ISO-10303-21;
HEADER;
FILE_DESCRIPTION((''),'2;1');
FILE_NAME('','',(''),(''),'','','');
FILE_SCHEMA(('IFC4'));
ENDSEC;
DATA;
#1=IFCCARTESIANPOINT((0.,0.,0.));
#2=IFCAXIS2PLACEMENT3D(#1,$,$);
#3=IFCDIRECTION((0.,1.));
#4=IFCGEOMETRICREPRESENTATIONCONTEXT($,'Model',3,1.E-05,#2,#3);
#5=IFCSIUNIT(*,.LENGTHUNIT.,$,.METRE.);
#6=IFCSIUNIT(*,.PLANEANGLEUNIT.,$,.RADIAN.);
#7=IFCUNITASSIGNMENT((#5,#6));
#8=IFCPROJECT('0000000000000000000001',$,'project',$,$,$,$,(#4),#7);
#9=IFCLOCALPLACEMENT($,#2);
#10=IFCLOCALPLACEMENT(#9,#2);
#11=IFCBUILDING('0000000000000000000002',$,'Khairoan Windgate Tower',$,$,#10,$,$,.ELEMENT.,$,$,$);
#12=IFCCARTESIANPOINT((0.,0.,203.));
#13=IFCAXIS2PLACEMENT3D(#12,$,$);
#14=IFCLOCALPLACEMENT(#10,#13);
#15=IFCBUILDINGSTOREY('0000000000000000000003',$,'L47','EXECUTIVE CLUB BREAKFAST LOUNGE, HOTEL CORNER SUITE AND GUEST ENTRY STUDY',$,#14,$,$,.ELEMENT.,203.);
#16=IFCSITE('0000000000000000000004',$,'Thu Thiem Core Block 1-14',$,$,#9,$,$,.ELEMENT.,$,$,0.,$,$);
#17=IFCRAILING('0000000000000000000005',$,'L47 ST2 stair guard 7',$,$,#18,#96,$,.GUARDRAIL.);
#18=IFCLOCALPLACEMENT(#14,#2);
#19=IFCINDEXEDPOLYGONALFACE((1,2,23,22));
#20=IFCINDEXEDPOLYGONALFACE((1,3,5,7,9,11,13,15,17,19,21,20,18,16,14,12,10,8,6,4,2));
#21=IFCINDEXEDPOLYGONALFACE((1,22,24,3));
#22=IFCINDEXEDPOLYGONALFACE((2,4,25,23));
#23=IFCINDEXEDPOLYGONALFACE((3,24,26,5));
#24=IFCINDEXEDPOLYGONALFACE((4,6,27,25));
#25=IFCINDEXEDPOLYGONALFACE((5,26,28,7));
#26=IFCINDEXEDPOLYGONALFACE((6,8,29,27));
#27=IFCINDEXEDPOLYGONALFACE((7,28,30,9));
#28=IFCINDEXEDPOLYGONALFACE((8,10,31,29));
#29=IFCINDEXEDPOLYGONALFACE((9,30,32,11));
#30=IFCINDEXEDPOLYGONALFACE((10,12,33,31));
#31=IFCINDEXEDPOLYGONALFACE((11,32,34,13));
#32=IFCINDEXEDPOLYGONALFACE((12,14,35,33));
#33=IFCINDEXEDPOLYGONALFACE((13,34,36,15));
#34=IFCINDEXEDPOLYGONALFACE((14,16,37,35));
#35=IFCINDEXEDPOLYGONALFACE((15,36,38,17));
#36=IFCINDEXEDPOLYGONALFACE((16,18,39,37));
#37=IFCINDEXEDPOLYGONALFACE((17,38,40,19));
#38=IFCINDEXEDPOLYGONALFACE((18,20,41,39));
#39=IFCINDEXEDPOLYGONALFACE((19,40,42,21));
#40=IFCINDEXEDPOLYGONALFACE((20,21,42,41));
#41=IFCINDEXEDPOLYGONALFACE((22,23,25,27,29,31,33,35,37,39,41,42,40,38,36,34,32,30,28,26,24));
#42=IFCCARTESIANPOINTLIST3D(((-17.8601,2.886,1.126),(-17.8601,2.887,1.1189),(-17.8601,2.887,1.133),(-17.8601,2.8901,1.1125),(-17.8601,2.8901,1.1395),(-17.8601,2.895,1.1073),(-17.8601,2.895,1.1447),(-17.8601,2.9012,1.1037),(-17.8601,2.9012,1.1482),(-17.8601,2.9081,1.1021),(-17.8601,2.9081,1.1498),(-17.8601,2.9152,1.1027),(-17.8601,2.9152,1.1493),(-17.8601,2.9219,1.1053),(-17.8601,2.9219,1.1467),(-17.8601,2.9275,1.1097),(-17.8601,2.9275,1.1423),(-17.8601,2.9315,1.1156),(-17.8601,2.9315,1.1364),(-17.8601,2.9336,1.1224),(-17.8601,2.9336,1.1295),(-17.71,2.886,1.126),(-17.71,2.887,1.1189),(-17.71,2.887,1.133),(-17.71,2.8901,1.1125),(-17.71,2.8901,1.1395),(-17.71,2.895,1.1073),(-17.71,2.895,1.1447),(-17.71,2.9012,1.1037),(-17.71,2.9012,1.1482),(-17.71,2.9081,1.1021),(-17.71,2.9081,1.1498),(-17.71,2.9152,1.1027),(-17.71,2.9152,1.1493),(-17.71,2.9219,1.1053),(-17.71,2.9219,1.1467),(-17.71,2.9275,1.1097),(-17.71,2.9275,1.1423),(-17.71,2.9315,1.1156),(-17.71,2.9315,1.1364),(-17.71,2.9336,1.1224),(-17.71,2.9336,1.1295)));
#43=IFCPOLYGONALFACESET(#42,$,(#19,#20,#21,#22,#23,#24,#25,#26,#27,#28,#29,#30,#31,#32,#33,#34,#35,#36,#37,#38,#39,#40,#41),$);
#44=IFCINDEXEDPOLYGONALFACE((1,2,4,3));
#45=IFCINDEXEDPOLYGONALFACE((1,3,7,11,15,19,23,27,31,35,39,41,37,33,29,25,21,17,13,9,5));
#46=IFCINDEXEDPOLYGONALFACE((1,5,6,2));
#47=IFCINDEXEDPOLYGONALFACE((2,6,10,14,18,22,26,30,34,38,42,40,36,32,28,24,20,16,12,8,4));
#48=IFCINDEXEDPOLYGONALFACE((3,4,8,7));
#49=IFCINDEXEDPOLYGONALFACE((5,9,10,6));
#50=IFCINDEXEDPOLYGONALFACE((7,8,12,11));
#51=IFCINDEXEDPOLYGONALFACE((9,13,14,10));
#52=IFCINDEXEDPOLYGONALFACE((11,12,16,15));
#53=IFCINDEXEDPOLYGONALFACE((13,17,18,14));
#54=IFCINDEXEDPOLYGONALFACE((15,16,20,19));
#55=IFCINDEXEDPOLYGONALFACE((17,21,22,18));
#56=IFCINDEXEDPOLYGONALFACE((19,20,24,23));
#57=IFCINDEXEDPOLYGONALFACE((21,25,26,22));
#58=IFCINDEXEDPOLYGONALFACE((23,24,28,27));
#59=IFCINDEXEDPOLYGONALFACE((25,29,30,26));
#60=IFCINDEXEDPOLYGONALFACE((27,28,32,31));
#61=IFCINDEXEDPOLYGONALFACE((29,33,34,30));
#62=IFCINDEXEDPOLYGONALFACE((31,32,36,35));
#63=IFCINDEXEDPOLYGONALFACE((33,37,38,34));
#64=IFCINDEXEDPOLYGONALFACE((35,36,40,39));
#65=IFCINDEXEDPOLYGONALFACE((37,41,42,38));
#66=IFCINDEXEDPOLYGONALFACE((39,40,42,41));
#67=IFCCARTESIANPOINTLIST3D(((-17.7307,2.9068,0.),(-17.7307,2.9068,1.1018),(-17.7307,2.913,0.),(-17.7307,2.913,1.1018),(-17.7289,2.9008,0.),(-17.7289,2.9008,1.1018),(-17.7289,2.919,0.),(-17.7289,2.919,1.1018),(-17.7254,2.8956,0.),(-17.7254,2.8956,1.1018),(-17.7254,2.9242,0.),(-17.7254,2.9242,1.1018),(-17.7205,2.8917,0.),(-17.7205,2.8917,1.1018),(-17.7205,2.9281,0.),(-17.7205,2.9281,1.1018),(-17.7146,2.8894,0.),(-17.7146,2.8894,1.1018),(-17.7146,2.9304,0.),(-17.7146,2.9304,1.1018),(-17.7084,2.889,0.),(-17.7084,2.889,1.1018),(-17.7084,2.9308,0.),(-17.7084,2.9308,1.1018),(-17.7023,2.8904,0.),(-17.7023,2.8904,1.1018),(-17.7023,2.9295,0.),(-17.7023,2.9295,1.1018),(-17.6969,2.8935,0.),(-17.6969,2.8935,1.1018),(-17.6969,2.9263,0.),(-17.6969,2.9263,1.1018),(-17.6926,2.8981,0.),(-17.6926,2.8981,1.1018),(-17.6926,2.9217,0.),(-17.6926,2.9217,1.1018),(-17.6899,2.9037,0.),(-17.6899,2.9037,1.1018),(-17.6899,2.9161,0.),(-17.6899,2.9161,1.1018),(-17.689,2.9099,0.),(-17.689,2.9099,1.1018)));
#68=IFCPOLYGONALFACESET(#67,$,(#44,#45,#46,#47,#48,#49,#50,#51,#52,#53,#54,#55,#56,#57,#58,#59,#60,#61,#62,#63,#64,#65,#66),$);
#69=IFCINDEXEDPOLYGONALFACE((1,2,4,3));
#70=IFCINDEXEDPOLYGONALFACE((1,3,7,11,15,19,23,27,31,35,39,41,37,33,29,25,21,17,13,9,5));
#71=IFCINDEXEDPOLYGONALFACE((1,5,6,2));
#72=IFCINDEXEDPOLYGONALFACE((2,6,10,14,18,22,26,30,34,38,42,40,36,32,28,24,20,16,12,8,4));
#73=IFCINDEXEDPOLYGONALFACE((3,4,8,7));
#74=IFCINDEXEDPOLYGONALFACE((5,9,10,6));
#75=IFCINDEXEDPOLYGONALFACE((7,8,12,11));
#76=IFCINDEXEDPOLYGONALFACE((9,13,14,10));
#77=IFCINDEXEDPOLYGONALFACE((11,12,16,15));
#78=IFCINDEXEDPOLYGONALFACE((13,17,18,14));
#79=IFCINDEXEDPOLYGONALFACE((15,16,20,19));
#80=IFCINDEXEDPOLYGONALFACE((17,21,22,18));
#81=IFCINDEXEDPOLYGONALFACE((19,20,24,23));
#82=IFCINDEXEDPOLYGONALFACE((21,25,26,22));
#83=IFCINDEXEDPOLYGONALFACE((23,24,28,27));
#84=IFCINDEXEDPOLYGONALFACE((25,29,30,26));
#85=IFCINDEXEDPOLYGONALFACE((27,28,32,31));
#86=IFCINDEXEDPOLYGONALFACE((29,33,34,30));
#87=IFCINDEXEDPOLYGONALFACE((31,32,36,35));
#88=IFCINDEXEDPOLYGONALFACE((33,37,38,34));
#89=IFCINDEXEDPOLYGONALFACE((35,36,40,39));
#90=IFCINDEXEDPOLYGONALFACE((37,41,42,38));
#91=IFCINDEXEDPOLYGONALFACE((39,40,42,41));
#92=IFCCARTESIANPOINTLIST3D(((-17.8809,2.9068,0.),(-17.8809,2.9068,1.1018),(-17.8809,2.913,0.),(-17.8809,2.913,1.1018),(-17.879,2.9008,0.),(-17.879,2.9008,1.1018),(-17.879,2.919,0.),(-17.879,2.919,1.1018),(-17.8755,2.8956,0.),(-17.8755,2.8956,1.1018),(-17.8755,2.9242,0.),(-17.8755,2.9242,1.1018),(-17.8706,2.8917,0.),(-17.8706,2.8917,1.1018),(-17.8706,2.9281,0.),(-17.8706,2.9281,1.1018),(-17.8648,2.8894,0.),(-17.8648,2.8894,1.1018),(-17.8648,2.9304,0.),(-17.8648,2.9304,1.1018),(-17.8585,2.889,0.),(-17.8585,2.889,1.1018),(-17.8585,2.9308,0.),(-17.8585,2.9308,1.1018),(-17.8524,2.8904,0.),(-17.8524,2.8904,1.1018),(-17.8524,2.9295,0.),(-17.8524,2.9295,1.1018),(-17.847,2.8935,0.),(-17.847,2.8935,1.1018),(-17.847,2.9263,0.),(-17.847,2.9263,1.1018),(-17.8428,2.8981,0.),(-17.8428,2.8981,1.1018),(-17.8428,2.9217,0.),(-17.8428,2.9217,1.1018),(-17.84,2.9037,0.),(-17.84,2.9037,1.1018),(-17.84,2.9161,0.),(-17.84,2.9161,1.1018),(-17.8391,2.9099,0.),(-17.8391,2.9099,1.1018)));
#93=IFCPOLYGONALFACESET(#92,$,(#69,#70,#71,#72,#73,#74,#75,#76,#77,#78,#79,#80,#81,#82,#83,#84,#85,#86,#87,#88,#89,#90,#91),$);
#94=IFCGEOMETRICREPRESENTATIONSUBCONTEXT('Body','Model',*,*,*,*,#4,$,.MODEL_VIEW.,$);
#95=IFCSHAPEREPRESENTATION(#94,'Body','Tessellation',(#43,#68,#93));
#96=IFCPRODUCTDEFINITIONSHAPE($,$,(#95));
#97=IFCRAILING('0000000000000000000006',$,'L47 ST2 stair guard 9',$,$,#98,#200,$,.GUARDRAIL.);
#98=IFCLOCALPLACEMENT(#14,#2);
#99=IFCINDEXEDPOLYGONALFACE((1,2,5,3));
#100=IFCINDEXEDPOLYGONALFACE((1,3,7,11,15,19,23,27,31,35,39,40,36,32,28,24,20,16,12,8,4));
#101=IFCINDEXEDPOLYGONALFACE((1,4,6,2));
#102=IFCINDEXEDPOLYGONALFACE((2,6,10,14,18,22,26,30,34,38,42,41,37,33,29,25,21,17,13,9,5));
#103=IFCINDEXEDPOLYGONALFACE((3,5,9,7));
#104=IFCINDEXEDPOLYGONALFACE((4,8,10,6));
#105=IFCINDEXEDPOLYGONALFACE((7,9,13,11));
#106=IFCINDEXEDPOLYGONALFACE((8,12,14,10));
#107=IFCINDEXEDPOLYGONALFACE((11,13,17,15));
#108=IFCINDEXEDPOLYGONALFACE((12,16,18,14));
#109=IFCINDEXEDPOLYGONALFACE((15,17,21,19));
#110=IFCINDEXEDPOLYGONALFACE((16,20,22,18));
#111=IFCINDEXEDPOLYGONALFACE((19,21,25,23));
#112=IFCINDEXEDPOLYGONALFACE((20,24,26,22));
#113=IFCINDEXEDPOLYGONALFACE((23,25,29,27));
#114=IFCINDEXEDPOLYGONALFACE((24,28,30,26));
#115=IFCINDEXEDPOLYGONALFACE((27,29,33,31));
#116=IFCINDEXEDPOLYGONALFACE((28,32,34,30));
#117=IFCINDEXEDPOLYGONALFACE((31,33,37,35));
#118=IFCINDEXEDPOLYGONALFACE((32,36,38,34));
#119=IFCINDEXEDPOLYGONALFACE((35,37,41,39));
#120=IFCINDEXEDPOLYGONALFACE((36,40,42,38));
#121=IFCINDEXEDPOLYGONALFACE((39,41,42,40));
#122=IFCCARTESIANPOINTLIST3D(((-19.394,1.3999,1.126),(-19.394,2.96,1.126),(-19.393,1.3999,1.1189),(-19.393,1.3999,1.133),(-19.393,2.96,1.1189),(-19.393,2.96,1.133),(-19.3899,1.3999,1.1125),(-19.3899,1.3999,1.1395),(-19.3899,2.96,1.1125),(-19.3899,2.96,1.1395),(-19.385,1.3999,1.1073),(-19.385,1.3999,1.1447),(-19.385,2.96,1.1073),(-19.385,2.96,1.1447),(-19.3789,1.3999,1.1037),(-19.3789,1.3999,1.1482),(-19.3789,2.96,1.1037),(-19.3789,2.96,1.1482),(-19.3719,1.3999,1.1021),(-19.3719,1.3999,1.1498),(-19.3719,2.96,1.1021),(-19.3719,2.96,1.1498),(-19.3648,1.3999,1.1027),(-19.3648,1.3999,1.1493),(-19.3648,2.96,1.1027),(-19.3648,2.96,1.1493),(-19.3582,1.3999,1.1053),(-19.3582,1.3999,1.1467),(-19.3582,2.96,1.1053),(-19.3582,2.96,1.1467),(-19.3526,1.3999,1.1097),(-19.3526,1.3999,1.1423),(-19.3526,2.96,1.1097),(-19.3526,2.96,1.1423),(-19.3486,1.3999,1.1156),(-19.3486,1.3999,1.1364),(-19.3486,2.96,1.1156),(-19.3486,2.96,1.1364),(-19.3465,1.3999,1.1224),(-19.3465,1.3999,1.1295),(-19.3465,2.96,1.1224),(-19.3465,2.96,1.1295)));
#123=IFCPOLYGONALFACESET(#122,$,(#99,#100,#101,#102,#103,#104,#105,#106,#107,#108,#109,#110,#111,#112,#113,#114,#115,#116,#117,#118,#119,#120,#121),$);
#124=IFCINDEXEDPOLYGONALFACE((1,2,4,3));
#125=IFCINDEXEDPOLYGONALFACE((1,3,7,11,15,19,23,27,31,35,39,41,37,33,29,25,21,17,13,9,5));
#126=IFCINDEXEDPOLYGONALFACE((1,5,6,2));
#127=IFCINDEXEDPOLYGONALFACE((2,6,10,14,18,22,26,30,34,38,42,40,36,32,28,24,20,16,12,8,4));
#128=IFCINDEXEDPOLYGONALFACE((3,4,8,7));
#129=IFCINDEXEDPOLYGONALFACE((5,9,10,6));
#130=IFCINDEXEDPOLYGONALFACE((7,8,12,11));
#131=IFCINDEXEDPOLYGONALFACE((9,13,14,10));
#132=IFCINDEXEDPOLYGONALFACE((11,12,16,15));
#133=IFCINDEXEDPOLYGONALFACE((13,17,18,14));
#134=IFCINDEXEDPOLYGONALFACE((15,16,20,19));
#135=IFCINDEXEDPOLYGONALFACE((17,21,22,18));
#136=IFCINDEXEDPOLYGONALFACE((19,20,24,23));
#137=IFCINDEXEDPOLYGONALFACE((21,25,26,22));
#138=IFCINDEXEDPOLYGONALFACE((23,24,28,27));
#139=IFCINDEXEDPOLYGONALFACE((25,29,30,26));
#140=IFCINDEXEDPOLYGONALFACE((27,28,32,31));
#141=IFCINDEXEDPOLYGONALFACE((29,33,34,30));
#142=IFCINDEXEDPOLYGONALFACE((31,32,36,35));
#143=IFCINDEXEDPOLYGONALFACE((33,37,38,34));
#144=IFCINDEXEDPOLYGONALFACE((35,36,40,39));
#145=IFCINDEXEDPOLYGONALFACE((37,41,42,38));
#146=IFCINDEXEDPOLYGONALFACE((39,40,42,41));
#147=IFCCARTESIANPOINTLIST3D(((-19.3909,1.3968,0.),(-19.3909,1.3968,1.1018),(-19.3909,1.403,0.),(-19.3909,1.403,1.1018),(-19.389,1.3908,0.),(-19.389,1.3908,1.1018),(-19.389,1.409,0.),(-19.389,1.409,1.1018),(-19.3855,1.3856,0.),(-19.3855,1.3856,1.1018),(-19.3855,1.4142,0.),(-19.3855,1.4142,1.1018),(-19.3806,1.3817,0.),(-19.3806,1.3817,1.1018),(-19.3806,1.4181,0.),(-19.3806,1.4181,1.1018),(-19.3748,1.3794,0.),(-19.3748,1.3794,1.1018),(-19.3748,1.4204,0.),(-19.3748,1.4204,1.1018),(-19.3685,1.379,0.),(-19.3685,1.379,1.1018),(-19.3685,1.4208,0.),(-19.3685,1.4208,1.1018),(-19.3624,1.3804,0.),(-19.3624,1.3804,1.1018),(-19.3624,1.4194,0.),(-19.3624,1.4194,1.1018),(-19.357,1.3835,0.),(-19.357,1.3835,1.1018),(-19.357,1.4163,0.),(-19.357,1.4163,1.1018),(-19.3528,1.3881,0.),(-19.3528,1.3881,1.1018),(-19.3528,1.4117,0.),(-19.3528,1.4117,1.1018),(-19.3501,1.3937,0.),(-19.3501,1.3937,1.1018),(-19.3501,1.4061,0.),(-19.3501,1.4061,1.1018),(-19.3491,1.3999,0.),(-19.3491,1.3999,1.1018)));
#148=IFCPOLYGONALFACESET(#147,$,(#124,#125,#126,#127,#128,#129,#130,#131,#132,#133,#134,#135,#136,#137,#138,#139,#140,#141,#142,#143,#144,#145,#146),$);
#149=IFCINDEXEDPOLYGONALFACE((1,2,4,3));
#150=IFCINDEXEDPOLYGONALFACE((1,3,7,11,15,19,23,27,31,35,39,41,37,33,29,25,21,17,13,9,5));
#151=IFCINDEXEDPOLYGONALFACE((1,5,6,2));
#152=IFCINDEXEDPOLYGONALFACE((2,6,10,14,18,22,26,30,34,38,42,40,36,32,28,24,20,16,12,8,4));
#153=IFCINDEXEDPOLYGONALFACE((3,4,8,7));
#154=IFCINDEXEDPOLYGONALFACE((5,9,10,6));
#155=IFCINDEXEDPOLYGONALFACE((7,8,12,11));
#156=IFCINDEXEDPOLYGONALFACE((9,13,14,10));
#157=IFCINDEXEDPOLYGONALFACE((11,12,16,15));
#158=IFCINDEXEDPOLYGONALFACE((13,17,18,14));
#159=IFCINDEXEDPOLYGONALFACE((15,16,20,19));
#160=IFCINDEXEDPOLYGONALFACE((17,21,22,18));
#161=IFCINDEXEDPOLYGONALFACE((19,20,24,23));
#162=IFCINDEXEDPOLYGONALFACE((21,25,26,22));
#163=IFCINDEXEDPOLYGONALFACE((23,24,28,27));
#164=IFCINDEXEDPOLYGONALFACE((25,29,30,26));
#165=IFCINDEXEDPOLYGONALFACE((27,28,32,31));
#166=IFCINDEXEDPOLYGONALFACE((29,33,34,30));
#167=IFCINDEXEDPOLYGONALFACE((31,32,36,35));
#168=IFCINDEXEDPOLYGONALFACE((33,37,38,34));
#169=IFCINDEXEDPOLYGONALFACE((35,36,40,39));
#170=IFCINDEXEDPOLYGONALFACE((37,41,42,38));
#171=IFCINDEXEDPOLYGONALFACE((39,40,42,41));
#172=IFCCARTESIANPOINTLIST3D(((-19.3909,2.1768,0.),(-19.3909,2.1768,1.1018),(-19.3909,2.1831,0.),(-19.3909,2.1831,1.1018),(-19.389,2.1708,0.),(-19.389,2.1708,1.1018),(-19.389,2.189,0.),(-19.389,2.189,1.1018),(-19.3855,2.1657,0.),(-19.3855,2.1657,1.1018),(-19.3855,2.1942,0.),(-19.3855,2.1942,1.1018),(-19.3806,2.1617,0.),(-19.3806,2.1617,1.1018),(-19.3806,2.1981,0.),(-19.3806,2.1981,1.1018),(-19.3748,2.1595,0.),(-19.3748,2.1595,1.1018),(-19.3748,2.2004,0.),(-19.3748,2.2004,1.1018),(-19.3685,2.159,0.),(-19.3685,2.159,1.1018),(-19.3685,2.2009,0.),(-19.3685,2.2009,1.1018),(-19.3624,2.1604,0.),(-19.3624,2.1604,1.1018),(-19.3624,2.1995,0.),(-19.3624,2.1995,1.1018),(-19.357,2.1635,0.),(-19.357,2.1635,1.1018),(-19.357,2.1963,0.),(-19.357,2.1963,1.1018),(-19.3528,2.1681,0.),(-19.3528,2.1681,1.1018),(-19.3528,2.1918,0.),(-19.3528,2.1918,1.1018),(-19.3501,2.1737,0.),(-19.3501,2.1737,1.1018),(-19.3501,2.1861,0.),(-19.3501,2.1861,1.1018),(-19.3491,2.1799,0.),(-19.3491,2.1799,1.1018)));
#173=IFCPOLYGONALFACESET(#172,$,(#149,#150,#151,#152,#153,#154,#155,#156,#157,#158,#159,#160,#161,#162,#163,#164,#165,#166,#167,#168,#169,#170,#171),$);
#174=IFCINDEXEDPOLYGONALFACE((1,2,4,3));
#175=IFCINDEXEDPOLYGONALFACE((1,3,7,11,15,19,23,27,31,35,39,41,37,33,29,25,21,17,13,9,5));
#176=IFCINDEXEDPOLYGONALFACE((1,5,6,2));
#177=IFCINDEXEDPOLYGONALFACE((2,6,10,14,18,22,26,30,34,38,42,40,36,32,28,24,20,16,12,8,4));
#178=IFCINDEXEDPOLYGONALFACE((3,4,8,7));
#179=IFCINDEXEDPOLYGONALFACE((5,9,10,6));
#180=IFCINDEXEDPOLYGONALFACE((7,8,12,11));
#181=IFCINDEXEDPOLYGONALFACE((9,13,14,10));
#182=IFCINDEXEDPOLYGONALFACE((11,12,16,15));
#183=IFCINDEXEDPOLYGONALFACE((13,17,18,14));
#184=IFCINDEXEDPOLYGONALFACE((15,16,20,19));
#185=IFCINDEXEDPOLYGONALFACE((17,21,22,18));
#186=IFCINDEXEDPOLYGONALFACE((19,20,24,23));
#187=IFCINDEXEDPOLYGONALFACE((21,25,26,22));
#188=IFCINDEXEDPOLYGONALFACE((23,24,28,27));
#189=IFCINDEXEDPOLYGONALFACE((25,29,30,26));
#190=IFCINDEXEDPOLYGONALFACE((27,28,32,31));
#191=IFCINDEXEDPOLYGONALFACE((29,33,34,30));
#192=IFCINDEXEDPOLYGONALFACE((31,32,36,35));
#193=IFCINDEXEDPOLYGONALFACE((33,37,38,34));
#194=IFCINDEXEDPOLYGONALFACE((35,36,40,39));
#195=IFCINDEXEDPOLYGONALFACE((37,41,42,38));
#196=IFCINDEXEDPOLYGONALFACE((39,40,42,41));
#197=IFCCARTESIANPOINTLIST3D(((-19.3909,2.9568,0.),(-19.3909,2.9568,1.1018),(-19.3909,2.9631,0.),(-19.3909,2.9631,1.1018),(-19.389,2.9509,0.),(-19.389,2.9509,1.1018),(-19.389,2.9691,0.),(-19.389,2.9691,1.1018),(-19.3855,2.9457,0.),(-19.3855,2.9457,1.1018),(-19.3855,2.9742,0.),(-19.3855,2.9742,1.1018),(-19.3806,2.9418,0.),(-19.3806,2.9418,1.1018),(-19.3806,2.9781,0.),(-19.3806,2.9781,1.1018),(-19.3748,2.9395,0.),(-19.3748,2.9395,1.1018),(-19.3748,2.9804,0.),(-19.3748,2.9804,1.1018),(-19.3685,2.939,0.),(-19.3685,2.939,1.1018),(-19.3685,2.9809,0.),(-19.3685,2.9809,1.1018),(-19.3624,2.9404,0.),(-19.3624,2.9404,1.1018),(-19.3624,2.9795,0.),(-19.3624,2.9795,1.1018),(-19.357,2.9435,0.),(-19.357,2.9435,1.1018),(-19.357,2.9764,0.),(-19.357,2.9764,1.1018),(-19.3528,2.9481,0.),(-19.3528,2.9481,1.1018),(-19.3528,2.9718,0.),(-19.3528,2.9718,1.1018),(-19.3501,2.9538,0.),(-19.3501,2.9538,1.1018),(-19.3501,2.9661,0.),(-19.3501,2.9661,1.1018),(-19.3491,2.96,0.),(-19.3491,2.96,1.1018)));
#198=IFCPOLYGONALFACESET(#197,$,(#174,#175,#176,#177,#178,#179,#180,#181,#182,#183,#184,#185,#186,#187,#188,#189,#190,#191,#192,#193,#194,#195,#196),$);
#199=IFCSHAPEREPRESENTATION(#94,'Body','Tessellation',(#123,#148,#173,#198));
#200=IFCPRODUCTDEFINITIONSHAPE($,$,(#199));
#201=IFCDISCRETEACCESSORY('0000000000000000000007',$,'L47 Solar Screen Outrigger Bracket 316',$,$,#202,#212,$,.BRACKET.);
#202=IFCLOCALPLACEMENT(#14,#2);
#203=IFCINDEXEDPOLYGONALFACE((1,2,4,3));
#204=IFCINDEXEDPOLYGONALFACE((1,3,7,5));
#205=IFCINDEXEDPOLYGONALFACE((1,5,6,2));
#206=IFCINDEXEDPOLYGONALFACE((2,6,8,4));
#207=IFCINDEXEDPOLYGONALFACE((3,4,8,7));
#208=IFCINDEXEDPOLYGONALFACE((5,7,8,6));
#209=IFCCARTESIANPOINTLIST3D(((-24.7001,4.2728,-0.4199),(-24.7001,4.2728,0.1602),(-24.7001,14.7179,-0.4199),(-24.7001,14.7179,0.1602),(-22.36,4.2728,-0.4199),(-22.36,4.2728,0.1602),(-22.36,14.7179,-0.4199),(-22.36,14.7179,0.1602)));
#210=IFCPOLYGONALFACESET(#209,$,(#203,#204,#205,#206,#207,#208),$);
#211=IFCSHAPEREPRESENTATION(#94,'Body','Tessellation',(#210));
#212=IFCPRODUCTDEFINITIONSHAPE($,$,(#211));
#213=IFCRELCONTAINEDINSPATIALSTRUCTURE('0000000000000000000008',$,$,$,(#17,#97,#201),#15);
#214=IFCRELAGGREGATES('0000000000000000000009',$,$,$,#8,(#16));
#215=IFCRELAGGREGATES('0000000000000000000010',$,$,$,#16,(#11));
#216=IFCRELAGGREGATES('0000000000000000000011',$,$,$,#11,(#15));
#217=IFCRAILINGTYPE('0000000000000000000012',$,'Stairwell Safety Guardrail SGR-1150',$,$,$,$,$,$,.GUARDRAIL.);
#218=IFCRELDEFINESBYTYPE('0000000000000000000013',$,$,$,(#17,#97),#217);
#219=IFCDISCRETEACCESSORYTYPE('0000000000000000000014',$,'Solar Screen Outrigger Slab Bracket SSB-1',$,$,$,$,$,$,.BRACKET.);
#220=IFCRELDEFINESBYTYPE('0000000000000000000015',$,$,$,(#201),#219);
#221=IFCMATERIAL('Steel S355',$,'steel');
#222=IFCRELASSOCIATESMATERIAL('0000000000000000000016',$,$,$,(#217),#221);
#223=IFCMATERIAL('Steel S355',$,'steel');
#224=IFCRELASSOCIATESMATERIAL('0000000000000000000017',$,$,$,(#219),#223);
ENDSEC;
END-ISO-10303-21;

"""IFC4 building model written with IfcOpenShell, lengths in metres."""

from ifc_helpers import new_model, si_unit, direction, frame, origin, origin_2d, place, context, subcontext, project, spatial, rectangle, circle, extrude, material, type_object, element, save


model = new_model("IFC4")

# Units and contexts
model_context = context("Model", 3, precision=1e-05, world=origin(), true_north=direction((0.0, 1.0)))
body_context = subcontext(model_context, "Body", "Model", "MODEL_VIEW")
ifc_project = project(units=[si_unit("LENGTHUNIT", "METRE"), si_unit("PLANEANGLEUNIT", "RADIAN")], contexts=[model_context])

# Site, building, storey
site_placement = place(None, origin())
site = spatial("IfcSite", under=ifc_project, at=site_placement, Name="Thu Thiem Core Block 1-14", CompositionType="ELEMENT", RefElevation=0.0)
building_placement = place(site_placement, origin())
building = spatial("IfcBuilding", under=site, at=building_placement, Name="Khairoan Windgate Tower", CompositionType="ELEMENT")
storey_placement = place(building_placement, frame((0.0, 0.0, 203.0)))
storey = spatial("IfcBuildingStorey", under=building, at=storey_placement, Name="L47", Description="EXECUTIVE CLUB BREAKFAST LOUNGE, HOTEL CORNER SUITE AND GUEST ENTRY STUDY", CompositionType="ELEMENT", Elevation=203.0)

# Railings
ifc_material_1 = material(Name="Steel S355", Category="steel")
railing_type_1 = type_object("IfcRailingType", Name="Stairwell Safety Guardrail SGR-1150", PredefinedType="GUARDRAIL", material=ifc_material_1)
railing_1_placement = place(storey_placement, frame((-17.71, 2.9099, 0.0)))
element("IfcRailing", 1, at=railing_1_placement, inside=storey, type_object=railing_type_1, Name="L47 ST2 stair guard 7", PredefinedType="GUARDRAIL", context=body_context, shape_type="SweptSolid", body=[
    extrude(circle(Radius=0.0239, at=origin_2d()), frame((0.0, 0.0, 1.126), z_axis=(-1.0, 0.0, 0.0), x_axis=(0.0, -1.0, 0.0)), (0.0, 0.0, 1.0), 0.1501),
    extrude(circle(Radius=0.021, at=origin_2d()), origin(), (0.0, 0.0, 1.0), 1.1018),
    extrude(circle(Radius=0.021, at=origin_2d()), frame((-0.1501, 0.0, 0.0)), (0.0, 0.0, 1.0), 1.1018),
])
railing_2_placement = place(storey_placement, frame((-19.3701, 1.3999, 0.0)))
element("IfcRailing", 2, at=railing_2_placement, inside=storey, type_object=railing_type_1, Name="L47 ST2 stair guard 9", PredefinedType="GUARDRAIL", context=body_context, shape_type="SweptSolid", body=[
    extrude(circle(Radius=0.0239, at=origin_2d()), frame((0.0, 0.0, 1.126), z_axis=(0.0, 1.0, 0.0), x_axis=(-1.0, 0.0, 0.0)), (0.0, 0.0, 1.0), 1.5601),
    extrude(circle(Radius=0.021, at=origin_2d()), origin(), (0.0, 0.0, 1.0), 1.1018),
    extrude(circle(Radius=0.021, at=origin_2d()), frame((0.0, 0.78, 0.0)), (0.0, 0.0, 1.0), 1.1018),
    extrude(circle(Radius=0.021, at=origin_2d()), frame((0.0, 1.5601, 0.0)), (0.0, 0.0, 1.0), 1.1018),
])

# Discrete accessory
ifc_material_2 = material(Name="Steel S355", Category="steel")
discrete_accessory_type = type_object("IfcDiscreteAccessoryType", Name="Solar Screen Outrigger Slab Bracket SSB-1", PredefinedType="BRACKET", material=ifc_material_2)
discrete_accessory_placement = place(storey_placement, frame((-23.53, 9.4954, -0.4199), z_axis=(0.0, 0.0, 1.0), x_axis=(0.0, 1.0, 0.0)))
element("IfcDiscreteAccessory", 3, at=discrete_accessory_placement, inside=storey, type_object=discrete_accessory_type, Name="L47 Solar Screen Outrigger Bracket 316", PredefinedType="BRACKET", context=body_context, shape_type="SweptSolid", body=[
    extrude(rectangle(XDim=10.4451, YDim=2.3401, at=origin_2d()), origin(), (0.0, 0.0, 1.0), 0.5801),
])

save(model, "model.ifc")
